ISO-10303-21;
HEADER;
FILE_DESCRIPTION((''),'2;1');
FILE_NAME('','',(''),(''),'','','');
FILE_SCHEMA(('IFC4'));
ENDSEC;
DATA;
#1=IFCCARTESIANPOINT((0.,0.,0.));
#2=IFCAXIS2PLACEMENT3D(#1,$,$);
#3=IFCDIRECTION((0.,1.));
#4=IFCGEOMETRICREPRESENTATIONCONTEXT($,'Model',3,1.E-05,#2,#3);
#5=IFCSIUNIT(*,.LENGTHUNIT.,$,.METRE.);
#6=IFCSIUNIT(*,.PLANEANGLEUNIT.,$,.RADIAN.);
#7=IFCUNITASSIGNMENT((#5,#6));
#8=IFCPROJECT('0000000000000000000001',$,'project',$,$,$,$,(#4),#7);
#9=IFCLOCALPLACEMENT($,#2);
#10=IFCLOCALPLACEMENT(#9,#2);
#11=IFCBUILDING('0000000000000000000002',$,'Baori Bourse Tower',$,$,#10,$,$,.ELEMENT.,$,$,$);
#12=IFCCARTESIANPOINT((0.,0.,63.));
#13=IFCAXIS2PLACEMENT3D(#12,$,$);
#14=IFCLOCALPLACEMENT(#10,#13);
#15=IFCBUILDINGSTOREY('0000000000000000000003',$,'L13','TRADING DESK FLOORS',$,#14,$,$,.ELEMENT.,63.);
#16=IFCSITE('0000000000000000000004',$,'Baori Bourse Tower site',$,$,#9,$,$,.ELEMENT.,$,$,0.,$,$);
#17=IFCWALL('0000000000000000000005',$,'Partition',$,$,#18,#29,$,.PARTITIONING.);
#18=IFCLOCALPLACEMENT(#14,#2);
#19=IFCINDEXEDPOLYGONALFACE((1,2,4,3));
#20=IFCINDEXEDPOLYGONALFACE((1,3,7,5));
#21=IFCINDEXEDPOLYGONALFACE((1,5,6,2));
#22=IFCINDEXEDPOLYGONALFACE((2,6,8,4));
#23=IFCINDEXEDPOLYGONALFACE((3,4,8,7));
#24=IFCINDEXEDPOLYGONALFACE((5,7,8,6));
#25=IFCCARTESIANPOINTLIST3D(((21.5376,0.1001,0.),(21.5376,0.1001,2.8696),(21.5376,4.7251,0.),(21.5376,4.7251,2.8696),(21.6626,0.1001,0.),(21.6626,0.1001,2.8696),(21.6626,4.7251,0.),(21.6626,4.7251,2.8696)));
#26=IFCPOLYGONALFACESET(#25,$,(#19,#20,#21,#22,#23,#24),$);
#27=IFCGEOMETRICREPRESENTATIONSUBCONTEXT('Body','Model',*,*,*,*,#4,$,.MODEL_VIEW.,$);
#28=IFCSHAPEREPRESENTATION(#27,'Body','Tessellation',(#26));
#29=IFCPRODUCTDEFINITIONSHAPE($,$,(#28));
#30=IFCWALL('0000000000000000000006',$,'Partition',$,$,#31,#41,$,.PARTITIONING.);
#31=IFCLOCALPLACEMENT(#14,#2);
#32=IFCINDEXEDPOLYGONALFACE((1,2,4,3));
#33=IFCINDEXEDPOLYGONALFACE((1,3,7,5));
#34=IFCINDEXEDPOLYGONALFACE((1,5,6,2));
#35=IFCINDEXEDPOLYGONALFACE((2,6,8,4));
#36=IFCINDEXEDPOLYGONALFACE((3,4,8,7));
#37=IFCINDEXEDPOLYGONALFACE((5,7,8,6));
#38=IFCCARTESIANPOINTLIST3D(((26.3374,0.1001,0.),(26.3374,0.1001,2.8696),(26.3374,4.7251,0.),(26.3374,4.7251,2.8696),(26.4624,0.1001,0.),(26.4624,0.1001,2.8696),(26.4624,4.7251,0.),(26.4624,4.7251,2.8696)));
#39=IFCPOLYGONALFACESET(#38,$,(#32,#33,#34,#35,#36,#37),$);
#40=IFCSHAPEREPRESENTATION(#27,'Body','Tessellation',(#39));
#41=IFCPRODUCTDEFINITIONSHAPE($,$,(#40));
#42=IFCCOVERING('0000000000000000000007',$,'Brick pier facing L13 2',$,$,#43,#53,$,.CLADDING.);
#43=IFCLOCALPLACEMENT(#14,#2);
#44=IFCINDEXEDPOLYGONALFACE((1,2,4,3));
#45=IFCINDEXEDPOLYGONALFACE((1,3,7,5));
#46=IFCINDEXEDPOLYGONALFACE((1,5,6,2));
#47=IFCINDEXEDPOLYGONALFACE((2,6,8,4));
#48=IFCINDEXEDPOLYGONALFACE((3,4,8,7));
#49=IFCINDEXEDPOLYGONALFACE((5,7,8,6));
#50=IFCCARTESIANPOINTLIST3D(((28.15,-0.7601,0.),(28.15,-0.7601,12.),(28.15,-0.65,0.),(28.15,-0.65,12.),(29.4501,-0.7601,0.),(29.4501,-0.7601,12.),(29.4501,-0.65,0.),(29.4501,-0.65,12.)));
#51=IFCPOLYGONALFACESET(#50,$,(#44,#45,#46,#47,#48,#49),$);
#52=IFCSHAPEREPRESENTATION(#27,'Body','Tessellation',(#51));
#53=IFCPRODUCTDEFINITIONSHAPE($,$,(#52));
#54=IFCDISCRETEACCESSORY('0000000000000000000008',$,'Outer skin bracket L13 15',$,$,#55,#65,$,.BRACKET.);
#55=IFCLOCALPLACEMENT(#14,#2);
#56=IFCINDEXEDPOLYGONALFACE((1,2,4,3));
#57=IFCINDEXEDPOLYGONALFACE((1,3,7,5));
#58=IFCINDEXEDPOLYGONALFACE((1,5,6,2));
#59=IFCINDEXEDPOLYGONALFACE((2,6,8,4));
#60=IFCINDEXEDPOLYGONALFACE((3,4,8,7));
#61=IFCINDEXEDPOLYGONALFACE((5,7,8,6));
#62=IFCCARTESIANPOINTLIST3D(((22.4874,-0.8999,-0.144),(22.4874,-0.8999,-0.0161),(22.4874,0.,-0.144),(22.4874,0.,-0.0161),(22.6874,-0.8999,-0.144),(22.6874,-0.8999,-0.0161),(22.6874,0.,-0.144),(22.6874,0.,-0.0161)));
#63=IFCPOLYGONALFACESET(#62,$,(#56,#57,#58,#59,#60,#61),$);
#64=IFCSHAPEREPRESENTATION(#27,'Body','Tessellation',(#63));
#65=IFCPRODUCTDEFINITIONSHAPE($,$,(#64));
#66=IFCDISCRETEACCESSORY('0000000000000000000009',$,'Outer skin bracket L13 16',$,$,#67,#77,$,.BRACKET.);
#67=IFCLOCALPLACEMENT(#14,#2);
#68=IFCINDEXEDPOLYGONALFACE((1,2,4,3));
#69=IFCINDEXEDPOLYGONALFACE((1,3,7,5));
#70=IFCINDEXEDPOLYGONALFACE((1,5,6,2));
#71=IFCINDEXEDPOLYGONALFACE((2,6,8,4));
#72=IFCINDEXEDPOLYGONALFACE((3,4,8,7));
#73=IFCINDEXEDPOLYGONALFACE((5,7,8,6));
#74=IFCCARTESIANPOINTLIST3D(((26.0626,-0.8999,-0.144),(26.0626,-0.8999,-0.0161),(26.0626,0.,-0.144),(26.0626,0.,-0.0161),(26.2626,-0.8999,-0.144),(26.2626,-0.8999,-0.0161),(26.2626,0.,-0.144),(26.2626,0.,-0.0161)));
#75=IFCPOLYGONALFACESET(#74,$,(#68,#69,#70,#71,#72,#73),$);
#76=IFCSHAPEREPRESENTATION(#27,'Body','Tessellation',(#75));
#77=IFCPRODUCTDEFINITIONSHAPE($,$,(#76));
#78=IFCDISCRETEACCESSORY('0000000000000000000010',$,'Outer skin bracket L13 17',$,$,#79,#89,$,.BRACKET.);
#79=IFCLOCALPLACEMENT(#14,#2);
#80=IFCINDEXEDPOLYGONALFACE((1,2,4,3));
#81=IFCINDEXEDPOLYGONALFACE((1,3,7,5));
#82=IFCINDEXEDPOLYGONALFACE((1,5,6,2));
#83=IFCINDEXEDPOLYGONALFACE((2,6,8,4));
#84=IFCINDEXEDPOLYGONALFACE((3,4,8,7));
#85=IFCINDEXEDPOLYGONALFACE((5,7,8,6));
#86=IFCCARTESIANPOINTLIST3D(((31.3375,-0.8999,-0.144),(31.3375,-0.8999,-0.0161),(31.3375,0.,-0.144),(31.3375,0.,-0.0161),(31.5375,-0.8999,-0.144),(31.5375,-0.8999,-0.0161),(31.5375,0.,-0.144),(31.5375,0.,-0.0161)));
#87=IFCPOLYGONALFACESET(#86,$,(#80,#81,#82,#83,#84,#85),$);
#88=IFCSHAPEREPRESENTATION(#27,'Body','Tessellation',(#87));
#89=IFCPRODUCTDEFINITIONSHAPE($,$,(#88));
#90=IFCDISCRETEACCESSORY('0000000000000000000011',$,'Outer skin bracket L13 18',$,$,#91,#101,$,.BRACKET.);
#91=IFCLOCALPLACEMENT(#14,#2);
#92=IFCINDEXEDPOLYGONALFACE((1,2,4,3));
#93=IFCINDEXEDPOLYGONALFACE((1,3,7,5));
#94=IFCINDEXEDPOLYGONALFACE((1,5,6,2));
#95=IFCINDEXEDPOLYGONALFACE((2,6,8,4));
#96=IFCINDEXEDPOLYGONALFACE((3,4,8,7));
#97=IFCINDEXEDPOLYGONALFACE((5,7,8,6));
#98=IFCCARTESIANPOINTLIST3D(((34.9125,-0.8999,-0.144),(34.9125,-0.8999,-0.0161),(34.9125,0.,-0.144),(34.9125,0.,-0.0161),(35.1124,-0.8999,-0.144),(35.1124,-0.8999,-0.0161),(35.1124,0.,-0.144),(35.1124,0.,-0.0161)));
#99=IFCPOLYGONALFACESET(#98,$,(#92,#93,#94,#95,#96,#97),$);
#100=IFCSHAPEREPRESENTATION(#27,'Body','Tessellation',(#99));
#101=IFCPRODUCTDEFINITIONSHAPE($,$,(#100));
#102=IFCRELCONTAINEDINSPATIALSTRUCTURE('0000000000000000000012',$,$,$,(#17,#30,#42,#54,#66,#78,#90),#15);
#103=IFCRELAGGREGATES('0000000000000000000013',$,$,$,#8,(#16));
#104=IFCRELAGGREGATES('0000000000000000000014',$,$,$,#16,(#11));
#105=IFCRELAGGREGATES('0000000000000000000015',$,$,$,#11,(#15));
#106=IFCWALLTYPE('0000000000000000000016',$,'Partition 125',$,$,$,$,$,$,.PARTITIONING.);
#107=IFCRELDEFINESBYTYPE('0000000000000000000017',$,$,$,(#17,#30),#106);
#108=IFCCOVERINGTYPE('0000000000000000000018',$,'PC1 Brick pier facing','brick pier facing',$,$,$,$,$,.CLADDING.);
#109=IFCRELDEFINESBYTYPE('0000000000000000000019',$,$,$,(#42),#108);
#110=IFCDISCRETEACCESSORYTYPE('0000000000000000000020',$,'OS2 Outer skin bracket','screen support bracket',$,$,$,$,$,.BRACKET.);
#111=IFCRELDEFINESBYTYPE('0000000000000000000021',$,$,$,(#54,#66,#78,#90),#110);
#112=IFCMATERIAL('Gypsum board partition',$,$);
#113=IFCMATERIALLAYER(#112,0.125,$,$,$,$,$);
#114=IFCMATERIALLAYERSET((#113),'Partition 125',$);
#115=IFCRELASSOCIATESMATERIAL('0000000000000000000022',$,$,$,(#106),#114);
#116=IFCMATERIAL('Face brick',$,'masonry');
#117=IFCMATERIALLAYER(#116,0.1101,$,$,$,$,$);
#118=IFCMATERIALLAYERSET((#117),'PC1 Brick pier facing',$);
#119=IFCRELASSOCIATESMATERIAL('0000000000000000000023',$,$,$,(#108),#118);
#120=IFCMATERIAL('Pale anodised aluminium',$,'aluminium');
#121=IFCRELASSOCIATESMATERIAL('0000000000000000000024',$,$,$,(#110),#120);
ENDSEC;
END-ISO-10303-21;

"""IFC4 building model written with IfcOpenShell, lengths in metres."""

from ifc_helpers import new_model, si_unit, direction, frame, frame_2d, origin, origin_2d, place, context, subcontext, project, spatial, rectangle, extrude, material, layer, layer_set, type_object, element, save


model = new_model("IFC4")

# Units and contexts
model_context = context("Model", 3, precision=1e-05, world=origin(), true_north=direction((0.0, 1.0)))
body_context = subcontext(model_context, "Body", "Model", "MODEL_VIEW")
ifc_project = project(units=[si_unit("LENGTHUNIT", "METRE"), si_unit("PLANEANGLEUNIT", "RADIAN")], contexts=[model_context])

# Site, building, storey
site_placement = place(None, origin())
site = spatial("IfcSite", under=ifc_project, at=site_placement, Name="Baori Bourse Tower site", CompositionType="ELEMENT", RefElevation=0.0)
building_placement = place(site_placement, origin())
building = spatial("IfcBuilding", under=site, at=building_placement, Name="Baori Bourse Tower", CompositionType="ELEMENT")
storey_placement = place(building_placement, frame((0.0, 0.0, 63.0)))
storey = spatial("IfcBuildingStorey", under=building, at=storey_placement, Name="L13", Description="TRADING DESK FLOORS", CompositionType="ELEMENT", Elevation=63.0)

# Walls
ifc_material_1 = material(Name="Gypsum board partition")
ifc_layer_1 = layer(ifc_material_1, 0.125)
ifc_layer_set_1 = layer_set([ifc_layer_1], Name="Partition 125")
wall_type = type_object("IfcWallType", Name="Partition 125", PredefinedType="PARTITIONING", material=ifc_layer_set_1)
for number, where, z_axis, x_axis, name in (
    (1, (21.6001, 0.1001, 0.0), (0.0, 0.0, 1.0), (0.0, 1.0, 0.0), "Partition"),
    (2, (26.3999, 0.1001, 0.0), (0.0, 0.0, 1.0), (0.0, 1.0, 0.0), "Partition"),
):
    element("IfcWall", number, at=place(storey_placement, frame(where, z_axis=z_axis, x_axis=x_axis)), inside=storey, type_object=wall_type, Name=name, PredefinedType="PARTITIONING", context=body_context, shape_type="SweptSolid", body=[
        extrude(rectangle(XDim=4.625, YDim=0.125, at=frame_2d((2.3125, 0.0))), origin(), (0.0, 0.0, 1.0), 2.8696),
    ])

# Covering
ifc_material_2 = material(Name="Face brick", Category="masonry")
ifc_layer_2 = layer(ifc_material_2, 0.1101)
ifc_layer_set_2 = layer_set([ifc_layer_2], Name="PC1 Brick pier facing")
covering_type = type_object("IfcCoveringType", Name="PC1 Brick pier facing", Description="brick pier facing", PredefinedType="CLADDING", material=ifc_layer_set_2)
covering_placement = place(storey_placement, frame((28.8, -0.7051, 0.0), z_axis=(0.0, 0.0, 1.0), x_axis=(1.0, 0.0, 0.0)))
element("IfcCovering", 3, at=covering_placement, inside=storey, type_object=covering_type, Name="Brick pier facing L13 2", PredefinedType="CLADDING", context=body_context, shape_type="SweptSolid", body=[
    extrude(rectangle(XDim=1.3, YDim=0.1101, at=origin_2d()), origin(), (0.0, 0.0, 1.0), 12.0),
])

# Discrete accessories
ifc_material_3 = material(Name="Pale anodised aluminium", Category="aluminium")
discrete_accessory_type = type_object("IfcDiscreteAccessoryType", Name="OS2 Outer skin bracket", Description="screen support bracket", PredefinedType="BRACKET", material=ifc_material_3)
for number, where, z_axis, x_axis, name in (
    (4, (22.5874, -0.45, -0.144), (0.0, 0.0, 1.0), (1.0, 0.0, 0.0), "Outer skin bracket L13 15"),
    (5, (26.1626, -0.45, -0.144), (0.0, 0.0, 1.0), (1.0, 0.0, 0.0), "Outer skin bracket L13 16"),
    (6, (31.4375, -0.45, -0.144), (0.0, 0.0, 1.0), (1.0, 0.0, 0.0), "Outer skin bracket L13 17"),
    (7, (35.0125, -0.45, -0.144), (0.0, 0.0, 1.0), (1.0, 0.0, 0.0), "Outer skin bracket L13 18"),
):
    element("IfcDiscreteAccessory", number, at=place(storey_placement, frame(where, z_axis=z_axis, x_axis=x_axis)), inside=storey, type_object=discrete_accessory_type, Name=name, PredefinedType="BRACKET", context=body_context, shape_type="SweptSolid", body=[
        extrude(rectangle(XDim=0.2, YDim=0.8999, at=origin_2d()), origin(), (0.0, 0.0, 1.0), 0.1279),
    ])

save(model, "model.ifc")
